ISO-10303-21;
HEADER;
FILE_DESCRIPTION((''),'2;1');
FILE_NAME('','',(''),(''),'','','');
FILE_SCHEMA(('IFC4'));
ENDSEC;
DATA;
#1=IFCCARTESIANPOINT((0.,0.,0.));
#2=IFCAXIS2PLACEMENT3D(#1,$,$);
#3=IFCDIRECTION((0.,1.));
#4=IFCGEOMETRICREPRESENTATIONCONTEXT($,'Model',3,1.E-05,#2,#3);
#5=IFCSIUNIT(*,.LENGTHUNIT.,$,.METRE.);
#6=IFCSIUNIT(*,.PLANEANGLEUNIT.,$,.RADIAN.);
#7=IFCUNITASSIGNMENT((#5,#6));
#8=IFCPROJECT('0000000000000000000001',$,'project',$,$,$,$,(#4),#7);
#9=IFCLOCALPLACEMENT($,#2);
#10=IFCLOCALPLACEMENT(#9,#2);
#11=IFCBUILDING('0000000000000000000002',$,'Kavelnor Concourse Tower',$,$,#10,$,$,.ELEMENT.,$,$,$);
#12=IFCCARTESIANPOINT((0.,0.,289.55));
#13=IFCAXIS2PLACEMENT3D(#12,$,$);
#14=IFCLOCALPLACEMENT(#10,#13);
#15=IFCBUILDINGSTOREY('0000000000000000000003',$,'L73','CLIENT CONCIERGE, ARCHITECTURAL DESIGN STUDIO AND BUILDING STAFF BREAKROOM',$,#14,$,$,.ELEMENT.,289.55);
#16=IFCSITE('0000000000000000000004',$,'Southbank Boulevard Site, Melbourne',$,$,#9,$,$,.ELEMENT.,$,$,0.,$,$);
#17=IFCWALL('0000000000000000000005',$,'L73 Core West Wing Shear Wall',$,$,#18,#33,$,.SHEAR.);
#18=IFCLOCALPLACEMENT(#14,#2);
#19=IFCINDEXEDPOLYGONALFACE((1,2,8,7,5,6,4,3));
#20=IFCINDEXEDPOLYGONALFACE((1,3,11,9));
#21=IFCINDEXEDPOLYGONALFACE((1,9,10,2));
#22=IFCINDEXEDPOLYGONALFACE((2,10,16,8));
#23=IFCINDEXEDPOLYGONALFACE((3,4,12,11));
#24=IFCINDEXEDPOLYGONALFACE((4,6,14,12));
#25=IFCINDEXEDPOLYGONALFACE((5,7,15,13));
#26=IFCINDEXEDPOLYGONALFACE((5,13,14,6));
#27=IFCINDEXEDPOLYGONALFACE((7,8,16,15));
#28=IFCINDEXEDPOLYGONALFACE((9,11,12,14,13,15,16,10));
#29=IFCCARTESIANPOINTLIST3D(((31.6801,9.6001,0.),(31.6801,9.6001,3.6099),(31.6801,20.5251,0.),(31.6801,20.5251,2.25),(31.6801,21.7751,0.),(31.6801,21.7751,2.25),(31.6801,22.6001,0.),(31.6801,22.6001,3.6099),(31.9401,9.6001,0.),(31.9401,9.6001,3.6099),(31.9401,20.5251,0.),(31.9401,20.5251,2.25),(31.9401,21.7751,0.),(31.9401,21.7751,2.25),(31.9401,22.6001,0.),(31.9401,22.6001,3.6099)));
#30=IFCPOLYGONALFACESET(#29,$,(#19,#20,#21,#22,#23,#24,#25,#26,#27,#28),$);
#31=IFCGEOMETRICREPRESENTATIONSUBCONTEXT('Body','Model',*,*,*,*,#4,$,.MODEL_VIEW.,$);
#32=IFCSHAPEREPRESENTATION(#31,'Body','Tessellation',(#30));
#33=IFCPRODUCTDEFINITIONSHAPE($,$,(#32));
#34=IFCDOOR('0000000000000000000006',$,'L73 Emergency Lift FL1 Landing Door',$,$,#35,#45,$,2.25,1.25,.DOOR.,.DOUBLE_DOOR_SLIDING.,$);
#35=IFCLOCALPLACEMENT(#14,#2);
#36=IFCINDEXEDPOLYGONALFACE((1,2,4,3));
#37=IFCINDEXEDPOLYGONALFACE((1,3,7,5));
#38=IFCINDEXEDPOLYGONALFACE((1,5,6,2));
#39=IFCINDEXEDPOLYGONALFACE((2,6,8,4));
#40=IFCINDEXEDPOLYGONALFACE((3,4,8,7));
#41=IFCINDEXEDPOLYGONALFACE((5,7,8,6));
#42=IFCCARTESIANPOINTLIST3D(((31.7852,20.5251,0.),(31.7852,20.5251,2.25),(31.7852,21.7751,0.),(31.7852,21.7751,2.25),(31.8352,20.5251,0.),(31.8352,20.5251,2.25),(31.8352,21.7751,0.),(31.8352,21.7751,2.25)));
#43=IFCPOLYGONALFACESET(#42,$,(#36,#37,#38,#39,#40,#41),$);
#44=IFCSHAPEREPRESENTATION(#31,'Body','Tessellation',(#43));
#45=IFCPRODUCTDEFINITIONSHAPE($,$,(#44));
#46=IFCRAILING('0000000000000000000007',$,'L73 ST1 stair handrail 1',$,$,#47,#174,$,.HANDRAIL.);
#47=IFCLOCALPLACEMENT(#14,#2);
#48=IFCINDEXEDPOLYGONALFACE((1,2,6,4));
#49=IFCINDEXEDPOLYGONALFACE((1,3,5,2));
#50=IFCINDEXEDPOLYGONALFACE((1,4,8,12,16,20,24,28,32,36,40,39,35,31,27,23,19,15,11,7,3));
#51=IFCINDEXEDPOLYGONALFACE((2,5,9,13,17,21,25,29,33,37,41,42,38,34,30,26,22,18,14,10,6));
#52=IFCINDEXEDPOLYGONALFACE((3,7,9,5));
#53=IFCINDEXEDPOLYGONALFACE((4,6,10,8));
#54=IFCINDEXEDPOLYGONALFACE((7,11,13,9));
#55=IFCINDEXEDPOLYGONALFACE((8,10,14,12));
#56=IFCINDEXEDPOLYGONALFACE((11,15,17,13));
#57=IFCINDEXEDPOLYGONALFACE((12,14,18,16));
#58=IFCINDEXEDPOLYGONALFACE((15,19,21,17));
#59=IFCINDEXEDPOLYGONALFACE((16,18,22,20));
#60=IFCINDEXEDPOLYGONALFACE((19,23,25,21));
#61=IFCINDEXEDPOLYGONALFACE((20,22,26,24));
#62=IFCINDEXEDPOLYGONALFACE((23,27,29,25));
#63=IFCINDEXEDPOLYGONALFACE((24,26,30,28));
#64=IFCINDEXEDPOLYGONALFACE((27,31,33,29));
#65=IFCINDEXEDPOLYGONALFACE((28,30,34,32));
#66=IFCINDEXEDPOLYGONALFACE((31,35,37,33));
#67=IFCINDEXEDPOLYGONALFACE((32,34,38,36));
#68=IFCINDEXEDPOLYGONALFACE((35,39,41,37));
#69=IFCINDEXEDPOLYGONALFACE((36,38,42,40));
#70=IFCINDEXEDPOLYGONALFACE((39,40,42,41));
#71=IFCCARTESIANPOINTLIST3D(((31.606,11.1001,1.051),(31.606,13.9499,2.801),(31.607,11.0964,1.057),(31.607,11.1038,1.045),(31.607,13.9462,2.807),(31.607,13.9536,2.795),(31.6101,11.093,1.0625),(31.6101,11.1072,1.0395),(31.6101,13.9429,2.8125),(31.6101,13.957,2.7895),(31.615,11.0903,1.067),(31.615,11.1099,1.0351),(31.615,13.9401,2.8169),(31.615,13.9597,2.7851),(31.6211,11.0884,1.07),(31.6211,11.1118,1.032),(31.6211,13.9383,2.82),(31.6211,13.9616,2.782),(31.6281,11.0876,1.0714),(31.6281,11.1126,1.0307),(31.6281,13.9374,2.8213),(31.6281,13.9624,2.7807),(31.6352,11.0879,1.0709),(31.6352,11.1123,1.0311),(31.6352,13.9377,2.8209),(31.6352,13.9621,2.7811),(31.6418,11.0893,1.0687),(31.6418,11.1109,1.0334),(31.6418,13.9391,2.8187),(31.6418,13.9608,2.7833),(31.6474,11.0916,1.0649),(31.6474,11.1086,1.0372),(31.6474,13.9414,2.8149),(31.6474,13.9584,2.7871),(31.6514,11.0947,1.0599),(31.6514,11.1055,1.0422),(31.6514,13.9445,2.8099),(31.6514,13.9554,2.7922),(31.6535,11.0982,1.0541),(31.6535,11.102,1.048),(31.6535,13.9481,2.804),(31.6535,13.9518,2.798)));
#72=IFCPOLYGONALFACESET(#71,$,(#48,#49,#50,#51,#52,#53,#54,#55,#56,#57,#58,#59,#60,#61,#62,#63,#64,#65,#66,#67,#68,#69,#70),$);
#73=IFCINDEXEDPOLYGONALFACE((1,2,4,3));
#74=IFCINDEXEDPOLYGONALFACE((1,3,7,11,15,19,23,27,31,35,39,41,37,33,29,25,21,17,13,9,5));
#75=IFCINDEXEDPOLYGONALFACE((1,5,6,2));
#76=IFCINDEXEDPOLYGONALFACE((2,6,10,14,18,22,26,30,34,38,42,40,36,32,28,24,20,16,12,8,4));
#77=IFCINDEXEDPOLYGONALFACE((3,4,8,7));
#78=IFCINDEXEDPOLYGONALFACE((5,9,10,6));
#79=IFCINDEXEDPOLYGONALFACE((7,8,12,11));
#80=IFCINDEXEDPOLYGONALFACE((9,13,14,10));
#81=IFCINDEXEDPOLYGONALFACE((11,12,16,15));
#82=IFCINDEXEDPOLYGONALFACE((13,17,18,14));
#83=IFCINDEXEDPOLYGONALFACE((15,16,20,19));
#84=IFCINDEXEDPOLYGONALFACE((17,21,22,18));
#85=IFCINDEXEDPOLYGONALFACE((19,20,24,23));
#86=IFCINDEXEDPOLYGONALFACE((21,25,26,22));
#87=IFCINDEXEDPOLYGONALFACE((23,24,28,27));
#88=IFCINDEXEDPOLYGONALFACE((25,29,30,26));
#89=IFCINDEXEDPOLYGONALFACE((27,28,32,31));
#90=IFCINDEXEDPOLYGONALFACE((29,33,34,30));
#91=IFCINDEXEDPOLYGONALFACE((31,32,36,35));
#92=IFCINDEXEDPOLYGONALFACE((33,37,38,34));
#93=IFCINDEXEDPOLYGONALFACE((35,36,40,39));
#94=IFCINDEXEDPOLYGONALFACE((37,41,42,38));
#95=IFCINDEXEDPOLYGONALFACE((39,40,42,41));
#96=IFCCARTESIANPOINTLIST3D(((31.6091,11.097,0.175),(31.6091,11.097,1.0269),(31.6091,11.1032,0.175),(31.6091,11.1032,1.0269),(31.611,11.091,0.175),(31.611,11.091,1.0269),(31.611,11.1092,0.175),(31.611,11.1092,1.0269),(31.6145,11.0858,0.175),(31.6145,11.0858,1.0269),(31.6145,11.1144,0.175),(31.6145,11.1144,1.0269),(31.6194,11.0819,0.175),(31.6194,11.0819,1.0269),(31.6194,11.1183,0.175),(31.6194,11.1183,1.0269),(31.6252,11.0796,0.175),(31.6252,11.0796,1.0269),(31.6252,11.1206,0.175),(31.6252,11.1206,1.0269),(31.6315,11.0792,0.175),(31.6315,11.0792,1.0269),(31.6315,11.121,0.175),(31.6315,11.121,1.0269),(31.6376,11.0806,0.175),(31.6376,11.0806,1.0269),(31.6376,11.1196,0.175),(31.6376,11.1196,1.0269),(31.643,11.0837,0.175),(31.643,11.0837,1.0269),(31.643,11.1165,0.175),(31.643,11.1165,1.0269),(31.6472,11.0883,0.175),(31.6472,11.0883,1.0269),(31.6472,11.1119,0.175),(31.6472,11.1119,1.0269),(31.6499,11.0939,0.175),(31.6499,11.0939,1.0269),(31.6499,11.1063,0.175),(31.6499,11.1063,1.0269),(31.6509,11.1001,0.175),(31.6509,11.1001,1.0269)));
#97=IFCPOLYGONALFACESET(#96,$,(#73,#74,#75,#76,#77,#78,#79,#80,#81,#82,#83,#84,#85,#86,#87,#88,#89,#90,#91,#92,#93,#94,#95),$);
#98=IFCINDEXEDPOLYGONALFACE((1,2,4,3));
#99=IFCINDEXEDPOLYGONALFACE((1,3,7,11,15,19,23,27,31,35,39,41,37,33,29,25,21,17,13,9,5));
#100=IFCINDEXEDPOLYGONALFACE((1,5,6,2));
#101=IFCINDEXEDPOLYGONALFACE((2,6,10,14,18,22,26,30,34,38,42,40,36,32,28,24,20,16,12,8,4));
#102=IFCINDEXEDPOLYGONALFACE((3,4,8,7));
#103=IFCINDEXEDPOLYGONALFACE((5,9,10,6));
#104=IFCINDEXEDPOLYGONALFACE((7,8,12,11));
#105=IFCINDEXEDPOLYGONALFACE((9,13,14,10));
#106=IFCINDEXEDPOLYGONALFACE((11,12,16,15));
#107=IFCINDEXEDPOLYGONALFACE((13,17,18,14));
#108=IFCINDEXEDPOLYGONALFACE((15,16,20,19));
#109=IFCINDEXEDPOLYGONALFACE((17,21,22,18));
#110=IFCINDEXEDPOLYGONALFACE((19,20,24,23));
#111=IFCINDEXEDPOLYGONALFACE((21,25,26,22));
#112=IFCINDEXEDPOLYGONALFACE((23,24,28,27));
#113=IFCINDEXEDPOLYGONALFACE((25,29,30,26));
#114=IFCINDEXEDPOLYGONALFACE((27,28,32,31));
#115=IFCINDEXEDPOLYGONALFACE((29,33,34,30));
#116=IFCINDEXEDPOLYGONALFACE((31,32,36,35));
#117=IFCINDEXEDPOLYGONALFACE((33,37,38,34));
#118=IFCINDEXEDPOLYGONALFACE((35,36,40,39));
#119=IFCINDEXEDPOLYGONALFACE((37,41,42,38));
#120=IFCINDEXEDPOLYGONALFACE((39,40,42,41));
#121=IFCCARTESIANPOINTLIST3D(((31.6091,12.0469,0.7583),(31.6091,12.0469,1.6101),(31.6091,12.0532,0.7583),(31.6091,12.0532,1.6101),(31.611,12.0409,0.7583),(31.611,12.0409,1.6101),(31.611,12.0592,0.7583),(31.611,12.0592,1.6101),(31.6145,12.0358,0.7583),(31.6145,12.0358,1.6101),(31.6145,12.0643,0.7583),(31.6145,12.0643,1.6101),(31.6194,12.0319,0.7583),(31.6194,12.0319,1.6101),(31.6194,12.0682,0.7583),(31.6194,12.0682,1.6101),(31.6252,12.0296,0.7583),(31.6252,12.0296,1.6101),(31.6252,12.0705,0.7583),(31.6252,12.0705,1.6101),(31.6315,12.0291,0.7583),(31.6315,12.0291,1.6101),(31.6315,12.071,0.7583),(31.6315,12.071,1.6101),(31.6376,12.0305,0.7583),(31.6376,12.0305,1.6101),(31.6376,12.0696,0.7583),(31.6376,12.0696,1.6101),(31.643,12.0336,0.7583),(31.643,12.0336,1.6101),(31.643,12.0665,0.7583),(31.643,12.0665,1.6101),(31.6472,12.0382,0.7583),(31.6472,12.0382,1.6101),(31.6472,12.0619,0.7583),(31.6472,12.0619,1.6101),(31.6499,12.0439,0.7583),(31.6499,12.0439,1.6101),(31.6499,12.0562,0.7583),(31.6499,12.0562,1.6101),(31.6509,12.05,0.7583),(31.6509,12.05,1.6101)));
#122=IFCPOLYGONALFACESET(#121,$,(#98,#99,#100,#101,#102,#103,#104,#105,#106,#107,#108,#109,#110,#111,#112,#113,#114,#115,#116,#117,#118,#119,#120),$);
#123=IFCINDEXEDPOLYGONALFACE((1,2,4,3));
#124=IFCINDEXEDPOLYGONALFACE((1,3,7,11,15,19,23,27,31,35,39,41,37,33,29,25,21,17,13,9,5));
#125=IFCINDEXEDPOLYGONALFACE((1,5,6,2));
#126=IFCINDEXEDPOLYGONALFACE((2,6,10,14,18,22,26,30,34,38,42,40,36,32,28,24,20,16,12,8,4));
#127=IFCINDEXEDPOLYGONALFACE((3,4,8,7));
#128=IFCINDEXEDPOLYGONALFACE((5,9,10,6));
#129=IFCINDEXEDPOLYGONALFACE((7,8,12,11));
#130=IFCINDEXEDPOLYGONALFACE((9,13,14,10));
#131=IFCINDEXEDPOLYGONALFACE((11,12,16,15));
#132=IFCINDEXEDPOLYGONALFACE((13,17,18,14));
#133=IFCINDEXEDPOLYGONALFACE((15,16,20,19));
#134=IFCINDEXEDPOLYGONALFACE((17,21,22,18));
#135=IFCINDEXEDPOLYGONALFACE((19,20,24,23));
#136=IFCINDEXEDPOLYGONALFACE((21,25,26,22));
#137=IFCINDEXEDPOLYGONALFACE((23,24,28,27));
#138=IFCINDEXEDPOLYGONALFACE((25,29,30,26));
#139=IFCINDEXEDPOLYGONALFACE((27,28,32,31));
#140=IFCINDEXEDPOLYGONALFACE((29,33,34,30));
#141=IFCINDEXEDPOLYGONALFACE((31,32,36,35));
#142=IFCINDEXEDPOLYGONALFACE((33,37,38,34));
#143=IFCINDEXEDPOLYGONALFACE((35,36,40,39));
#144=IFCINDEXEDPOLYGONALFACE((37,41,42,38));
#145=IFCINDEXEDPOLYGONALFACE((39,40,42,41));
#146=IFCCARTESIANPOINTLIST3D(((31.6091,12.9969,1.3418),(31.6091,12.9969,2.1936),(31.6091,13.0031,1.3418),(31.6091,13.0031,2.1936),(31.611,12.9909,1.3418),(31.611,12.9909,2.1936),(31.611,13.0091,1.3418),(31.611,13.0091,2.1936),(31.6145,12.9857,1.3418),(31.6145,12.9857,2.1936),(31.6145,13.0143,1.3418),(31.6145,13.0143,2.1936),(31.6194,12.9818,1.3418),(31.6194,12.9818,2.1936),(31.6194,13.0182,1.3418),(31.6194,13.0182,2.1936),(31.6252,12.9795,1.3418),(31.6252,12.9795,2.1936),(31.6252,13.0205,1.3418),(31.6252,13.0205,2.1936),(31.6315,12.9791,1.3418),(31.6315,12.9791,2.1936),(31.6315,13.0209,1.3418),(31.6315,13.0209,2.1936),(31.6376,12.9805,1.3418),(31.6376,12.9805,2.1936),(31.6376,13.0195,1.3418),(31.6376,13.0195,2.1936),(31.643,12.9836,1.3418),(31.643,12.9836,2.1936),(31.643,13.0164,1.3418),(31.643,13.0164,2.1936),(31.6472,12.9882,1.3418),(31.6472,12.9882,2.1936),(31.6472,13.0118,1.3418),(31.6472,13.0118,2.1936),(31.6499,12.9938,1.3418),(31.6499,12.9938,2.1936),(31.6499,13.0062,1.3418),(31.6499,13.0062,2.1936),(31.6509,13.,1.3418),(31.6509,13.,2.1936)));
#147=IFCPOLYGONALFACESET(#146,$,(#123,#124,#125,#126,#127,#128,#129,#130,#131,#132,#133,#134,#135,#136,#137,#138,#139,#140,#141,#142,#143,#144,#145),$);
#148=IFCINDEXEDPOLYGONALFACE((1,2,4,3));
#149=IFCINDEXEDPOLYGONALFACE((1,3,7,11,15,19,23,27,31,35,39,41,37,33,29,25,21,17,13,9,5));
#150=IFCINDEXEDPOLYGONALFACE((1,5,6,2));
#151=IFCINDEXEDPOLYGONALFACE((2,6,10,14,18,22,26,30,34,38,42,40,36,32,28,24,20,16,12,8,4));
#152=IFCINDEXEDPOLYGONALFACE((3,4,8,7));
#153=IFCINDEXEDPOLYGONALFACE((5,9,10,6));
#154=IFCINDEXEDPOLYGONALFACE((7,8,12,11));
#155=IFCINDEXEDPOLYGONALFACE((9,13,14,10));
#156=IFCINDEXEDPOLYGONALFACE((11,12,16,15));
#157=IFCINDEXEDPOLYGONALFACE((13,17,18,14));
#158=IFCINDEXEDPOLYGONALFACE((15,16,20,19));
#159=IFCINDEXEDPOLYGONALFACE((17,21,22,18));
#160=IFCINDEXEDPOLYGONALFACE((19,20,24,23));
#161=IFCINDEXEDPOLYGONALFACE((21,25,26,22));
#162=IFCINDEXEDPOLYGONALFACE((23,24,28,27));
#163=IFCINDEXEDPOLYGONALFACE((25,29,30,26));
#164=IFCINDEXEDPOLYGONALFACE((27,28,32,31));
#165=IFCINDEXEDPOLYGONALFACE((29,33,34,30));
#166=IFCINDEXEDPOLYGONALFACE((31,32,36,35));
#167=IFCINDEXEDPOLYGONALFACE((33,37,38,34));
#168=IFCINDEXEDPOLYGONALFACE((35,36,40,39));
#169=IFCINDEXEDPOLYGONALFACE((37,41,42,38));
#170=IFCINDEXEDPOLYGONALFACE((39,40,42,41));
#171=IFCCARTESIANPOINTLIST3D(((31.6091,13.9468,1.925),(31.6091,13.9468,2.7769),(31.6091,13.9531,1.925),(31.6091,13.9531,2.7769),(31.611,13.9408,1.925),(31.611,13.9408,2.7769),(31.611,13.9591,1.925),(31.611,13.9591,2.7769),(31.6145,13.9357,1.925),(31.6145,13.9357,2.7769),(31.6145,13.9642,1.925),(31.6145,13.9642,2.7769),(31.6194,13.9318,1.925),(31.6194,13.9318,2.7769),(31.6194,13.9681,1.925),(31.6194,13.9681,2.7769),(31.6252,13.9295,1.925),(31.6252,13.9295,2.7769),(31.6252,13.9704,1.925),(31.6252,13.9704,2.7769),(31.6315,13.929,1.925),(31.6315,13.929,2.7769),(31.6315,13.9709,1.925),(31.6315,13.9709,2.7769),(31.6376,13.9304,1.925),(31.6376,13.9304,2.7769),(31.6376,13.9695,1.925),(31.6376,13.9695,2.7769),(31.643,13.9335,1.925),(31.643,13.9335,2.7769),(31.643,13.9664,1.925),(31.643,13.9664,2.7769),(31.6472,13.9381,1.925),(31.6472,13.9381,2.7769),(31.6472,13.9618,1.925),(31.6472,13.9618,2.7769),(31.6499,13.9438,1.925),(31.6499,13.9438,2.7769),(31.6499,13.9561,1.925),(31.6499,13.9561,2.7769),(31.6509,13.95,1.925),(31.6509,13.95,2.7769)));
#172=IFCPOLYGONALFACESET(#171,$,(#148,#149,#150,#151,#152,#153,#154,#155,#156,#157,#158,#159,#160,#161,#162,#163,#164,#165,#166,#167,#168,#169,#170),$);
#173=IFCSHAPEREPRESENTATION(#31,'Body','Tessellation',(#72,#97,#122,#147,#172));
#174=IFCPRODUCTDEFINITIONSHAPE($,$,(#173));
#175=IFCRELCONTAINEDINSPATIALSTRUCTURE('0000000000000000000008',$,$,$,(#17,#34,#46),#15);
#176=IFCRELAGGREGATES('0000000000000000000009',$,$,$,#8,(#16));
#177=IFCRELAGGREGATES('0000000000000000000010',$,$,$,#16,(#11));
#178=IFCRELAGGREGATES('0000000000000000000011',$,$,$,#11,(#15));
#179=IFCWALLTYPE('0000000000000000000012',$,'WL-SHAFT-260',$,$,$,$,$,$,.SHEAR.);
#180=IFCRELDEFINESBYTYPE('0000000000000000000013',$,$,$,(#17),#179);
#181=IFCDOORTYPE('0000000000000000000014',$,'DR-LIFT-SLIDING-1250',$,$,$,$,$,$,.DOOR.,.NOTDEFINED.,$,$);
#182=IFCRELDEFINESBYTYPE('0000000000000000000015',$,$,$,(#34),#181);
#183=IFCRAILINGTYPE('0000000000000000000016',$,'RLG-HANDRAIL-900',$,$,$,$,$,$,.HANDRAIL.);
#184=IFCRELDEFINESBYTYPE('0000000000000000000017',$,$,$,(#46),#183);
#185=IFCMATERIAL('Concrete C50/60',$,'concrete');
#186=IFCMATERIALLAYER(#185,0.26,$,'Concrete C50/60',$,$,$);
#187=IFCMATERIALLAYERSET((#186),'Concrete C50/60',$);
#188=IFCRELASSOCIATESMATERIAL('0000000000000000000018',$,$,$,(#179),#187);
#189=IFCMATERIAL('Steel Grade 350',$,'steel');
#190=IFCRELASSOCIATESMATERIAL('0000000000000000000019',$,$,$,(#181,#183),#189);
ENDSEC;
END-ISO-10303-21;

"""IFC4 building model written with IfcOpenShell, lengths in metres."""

from ifc_helpers import new_model, si_unit, direction, frame, frame_2d, origin, origin_2d, place, context, subcontext, project, spatial, rectangle, circle, extrude, material, layer, layer_set, type_object, element, fill, save


model = new_model("IFC4")

# Units and contexts
model_context = context("Model", 3, precision=1e-05, world=origin(), true_north=direction((0.0, 1.0)))
body_context = subcontext(model_context, "Body", "Model", "MODEL_VIEW")
ifc_project = project(units=[si_unit("LENGTHUNIT", "METRE"), si_unit("PLANEANGLEUNIT", "RADIAN")], contexts=[model_context])

# Site, building, storey
site_placement = place(None, origin())
site = spatial("IfcSite", under=ifc_project, at=site_placement, Name="Southbank Boulevard Site, Melbourne", CompositionType="ELEMENT", RefElevation=0.0)
building_placement = place(site_placement, origin())
building = spatial("IfcBuilding", under=site, at=building_placement, Name="Kavelnor Concourse Tower", CompositionType="ELEMENT")
storey_placement = place(building_placement, frame((0.0, 0.0, 289.55)))
storey = spatial("IfcBuildingStorey", under=building, at=storey_placement, Name="L73", Description="CLIENT CONCIERGE, ARCHITECTURAL DESIGN STUDIO AND BUILDING STAFF BREAKROOM", CompositionType="ELEMENT", Elevation=289.55)

# Shared definitions
ifc_material_1 = material(Name="Steel Grade 350", Category="steel")

# Shared definitions
ifc_material_2 = material(Name="Concrete C50/60", Category="concrete")

# Wall, opening, door
ifc_layer_1 = layer(ifc_material_2, 0.26, Name="Concrete C50/60")
ifc_layer_set_1 = layer_set([ifc_layer_1], Name="Concrete C50/60")
wall_type_1 = type_object("IfcWallType", Name="WL-SHAFT-260", PredefinedType="SHEAR", material=ifc_layer_set_1)
wall_1_placement = place(storey_placement, frame((31.8101, 9.6001, 0.0), z_axis=(0.0, 0.0, 1.0), x_axis=(0.0, 1.0, 0.0)))
wall_1 = element("IfcWall", 1, at=wall_1_placement, inside=storey, type_object=wall_type_1, Name="L73 Core West Wing Shear Wall", PredefinedType="SHEAR", context=body_context, shape_type="SweptSolid", body=[
    extrude(rectangle(XDim=13.0, YDim=0.26, at=frame_2d((6.5, 0.0))), origin(), (0.0, 0.0, 1.0), 3.6099),
])
opening_1_placement = place(wall_1_placement, frame((10.925, 0.0, 0.0)))
opening_1 = element("IfcOpeningElement", 2, at=opening_1_placement, cuts=wall_1, PredefinedType="OPENING", context=body_context, shape_type="SweptSolid", body=[
    extrude(rectangle(XDim=1.25, YDim=2.25, at=frame_2d((0.625, 1.125))), frame((0.0, 0.1401, 0.0), z_axis=(0.0, -1.0, 0.0), x_axis=(1.0, 0.0, 0.0)), (0.0, 0.0, 1.0), 0.28),
])
door_type_1 = type_object("IfcDoorType", Name="DR-LIFT-SLIDING-1250", OperationType="NOTDEFINED", PredefinedType="DOOR", material=ifc_material_1)
door_1_placement = place(opening_1_placement, origin())
door_1 = element("IfcDoor", 3, at=door_1_placement, inside=storey, type_object=door_type_1, Name="L73 Emergency Lift FL1 Landing Door", OperationType="DOUBLE_DOOR_SLIDING", OverallHeight=2.25, OverallWidth=1.25, PredefinedType="DOOR", context=body_context, shape_type="SweptSolid", body=[
    extrude(rectangle(XDim=1.25, YDim=2.25, at=frame_2d((0.625, 1.125))), frame((0.0, 0.0249, 0.0), z_axis=(0.0, -1.0, 0.0), x_axis=(1.0, 0.0, 0.0)), (0.0, 0.0, 1.0), 0.05),
])
fill(opening_1, door_1)

# Railing
railing_type = type_object("IfcRailingType", Name="RLG-HANDRAIL-900", PredefinedType="HANDRAIL", material=ifc_material_1)
railing_placement = place(storey_placement, frame((31.6299, 11.1001, 0.175)))
element("IfcRailing", 4, at=railing_placement, inside=storey, type_object=railing_type, Name="L73 ST1 stair handrail 1", PredefinedType="HANDRAIL", context=body_context, shape_type="SweptSolid", body=[
    extrude(circle(Radius=0.0239, at=origin_2d()), frame((0.0, 0.0, 0.876), z_axis=(0.0, 0.852159, 0.523283), x_axis=(-1.0, 0.0, 0.0)), (0.0, 0.0, 1.0), 3.3442),
    extrude(circle(Radius=0.021, at=origin_2d()), origin(), (0.0, 0.0, 1.0), 0.8518),
    extrude(circle(Radius=0.021, at=origin_2d()), frame((0.0, 0.95, 0.5833)), (0.0, 0.0, 1.0), 0.8518),
    extrude(circle(Radius=0.021, at=origin_2d()), frame((0.0, 1.8999, 1.1667)), (0.0, 0.0, 1.0), 0.8518),
    extrude(circle(Radius=0.021, at=origin_2d()), frame((0.0, 2.8499, 1.75)), (0.0, 0.0, 1.0), 0.8518),
])

save(model, "model.ifc")
